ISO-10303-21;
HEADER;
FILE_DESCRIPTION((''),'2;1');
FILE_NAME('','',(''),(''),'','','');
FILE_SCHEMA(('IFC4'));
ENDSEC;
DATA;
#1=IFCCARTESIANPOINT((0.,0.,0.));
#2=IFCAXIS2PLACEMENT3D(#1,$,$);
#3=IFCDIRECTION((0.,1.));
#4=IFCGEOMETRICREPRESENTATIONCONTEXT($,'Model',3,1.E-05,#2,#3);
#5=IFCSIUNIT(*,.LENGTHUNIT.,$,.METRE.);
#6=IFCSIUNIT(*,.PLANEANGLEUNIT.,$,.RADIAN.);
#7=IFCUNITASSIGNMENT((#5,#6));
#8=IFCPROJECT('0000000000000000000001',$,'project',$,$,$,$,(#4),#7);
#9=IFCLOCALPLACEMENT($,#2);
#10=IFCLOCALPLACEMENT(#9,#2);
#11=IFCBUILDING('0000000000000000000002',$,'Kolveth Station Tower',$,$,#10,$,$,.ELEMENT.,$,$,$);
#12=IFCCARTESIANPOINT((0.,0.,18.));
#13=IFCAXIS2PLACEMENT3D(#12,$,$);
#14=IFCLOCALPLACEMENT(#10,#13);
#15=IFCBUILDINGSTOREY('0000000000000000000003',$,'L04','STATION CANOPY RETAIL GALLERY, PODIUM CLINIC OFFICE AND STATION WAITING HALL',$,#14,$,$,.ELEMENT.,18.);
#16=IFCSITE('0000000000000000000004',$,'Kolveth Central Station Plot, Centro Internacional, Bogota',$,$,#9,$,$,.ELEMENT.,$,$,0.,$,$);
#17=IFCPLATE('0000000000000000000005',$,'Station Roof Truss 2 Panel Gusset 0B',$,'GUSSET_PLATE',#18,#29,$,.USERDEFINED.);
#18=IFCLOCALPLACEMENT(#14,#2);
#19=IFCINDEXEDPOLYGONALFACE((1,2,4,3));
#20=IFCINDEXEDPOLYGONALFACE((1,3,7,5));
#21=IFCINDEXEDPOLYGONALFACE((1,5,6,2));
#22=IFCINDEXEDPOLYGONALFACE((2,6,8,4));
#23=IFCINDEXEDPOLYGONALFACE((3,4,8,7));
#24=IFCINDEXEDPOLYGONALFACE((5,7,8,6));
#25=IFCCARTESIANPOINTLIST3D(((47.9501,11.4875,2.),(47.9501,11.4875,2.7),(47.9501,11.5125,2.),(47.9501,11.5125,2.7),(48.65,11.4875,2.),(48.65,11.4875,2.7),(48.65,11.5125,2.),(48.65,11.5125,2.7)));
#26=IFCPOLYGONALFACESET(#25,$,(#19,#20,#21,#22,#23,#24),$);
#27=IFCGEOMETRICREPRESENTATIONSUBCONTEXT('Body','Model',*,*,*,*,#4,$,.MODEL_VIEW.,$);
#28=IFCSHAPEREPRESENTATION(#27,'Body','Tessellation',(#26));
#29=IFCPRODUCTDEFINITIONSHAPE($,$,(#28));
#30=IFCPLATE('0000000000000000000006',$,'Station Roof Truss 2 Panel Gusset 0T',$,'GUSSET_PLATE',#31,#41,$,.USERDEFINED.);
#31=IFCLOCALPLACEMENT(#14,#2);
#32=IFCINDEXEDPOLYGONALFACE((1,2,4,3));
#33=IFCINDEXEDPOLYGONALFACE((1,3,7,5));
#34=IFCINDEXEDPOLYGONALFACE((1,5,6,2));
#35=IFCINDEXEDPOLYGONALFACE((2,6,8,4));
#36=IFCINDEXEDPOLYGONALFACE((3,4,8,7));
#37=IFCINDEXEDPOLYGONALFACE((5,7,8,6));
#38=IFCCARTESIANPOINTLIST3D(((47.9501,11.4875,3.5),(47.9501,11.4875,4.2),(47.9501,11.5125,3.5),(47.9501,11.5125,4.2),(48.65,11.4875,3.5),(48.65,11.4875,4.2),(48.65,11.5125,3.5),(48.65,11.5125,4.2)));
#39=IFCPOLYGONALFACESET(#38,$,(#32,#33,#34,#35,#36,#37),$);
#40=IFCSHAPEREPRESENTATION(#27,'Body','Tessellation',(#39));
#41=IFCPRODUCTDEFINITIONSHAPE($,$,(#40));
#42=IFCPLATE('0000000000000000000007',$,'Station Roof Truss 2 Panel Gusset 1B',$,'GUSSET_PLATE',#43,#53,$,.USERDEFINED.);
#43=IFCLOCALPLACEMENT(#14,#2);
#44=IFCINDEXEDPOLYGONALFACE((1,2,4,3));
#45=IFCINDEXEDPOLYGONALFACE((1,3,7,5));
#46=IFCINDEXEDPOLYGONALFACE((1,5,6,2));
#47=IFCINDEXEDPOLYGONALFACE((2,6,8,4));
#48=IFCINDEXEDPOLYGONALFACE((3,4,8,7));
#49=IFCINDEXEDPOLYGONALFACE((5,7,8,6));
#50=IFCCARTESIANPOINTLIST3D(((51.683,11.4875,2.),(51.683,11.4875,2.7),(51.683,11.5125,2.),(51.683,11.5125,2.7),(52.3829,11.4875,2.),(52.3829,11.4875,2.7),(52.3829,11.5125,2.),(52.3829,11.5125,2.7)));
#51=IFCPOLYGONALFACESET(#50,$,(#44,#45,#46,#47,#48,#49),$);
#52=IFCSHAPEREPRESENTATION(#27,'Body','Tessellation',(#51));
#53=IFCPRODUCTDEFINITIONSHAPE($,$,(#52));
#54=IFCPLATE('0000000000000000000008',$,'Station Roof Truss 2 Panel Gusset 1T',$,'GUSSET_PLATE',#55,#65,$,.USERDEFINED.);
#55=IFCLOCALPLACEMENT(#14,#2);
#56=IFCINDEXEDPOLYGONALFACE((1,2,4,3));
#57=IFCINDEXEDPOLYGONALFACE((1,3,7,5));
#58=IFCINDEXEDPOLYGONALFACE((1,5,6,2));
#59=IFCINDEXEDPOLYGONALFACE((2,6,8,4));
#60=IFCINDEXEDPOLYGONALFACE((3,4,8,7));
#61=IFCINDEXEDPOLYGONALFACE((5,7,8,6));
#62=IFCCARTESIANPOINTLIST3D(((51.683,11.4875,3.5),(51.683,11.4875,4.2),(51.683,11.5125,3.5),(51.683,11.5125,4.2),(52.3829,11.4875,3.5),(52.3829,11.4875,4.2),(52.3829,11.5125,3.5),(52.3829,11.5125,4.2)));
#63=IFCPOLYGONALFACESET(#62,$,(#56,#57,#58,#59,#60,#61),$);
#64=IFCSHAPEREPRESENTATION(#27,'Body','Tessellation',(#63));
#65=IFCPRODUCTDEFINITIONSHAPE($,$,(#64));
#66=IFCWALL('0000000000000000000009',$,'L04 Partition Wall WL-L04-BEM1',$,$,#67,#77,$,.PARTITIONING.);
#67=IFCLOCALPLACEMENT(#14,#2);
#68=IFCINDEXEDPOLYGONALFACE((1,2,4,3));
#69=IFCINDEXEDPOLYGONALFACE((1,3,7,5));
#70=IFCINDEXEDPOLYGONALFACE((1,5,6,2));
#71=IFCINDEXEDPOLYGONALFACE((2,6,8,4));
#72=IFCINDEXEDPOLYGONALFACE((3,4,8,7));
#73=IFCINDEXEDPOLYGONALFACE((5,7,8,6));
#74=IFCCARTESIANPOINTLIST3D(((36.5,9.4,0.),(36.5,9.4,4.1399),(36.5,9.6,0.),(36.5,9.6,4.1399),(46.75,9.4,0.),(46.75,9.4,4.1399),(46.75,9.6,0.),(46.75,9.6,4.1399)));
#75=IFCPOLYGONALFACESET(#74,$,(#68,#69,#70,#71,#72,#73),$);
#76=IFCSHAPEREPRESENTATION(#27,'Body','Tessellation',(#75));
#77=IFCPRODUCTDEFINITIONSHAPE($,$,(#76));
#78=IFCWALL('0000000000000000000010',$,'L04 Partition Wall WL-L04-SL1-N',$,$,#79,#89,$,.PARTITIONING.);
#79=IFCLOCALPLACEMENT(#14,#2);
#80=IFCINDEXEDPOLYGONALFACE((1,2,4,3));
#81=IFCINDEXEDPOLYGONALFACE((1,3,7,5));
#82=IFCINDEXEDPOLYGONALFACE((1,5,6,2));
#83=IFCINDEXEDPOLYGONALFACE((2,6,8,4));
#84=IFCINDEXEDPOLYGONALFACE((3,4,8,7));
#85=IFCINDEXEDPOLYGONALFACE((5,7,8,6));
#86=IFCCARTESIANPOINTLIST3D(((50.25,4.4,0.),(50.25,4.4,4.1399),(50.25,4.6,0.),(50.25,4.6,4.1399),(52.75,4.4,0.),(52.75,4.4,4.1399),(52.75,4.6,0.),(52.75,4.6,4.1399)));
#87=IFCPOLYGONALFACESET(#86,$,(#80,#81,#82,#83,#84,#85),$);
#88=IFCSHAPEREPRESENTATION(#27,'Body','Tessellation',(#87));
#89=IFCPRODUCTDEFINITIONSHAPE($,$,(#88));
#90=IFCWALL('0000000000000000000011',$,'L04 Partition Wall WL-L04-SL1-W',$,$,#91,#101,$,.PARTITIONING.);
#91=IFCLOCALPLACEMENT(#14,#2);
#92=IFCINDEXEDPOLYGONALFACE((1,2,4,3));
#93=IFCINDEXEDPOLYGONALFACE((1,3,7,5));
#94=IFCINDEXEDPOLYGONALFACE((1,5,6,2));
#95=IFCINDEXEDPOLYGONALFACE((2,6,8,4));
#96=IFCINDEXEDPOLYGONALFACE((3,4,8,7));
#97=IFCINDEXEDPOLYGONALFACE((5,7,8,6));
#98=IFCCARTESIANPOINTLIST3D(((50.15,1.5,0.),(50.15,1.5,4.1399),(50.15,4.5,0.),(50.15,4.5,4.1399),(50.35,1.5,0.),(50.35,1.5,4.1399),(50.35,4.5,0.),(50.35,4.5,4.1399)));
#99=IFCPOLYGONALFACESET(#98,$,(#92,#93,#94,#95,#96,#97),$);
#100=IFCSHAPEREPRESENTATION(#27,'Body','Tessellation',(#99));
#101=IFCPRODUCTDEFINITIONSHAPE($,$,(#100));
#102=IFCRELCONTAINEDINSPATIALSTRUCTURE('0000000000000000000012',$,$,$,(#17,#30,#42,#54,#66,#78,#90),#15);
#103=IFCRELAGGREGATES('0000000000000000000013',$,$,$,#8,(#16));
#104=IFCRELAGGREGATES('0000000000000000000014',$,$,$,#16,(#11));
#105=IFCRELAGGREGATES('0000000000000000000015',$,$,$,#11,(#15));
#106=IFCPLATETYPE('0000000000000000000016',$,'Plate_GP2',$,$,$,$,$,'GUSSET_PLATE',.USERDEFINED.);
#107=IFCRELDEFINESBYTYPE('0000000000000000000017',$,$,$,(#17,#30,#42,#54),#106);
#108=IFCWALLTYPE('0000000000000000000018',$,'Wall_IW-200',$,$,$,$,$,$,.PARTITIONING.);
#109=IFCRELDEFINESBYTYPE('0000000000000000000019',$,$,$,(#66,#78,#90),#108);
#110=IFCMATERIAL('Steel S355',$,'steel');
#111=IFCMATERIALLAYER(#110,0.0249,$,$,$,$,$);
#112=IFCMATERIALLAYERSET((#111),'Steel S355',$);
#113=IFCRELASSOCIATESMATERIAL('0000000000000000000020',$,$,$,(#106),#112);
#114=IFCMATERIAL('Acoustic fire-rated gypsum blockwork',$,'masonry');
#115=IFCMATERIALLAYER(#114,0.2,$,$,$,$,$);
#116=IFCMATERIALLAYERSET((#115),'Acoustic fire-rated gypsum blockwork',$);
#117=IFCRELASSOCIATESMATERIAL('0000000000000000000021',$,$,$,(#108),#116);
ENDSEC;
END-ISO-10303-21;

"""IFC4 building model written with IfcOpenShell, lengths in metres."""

from ifc_helpers import new_model, si_unit, direction, frame, frame_2d, origin, origin_2d, place, context, subcontext, project, spatial, rectangle, extrude, source, transform, mapped, material, layer, layer_set, type_object, element, save


model = new_model("IFC4")

# Units and contexts
model_context = context("Model", 3, precision=1e-05, world=origin(), true_north=direction((0.0, 1.0)))
body_context = subcontext(model_context, "Body", "Model", "MODEL_VIEW")
ifc_project = project(units=[si_unit("LENGTHUNIT", "METRE"), si_unit("PLANEANGLEUNIT", "RADIAN")], contexts=[model_context])

# Site, building, storey
site_placement = place(None, origin())
site = spatial("IfcSite", under=ifc_project, at=site_placement, Name="Kolveth Central Station Plot, Centro Internacional, Bogota", CompositionType="ELEMENT", RefElevation=0.0)
building_placement = place(site_placement, origin())
building = spatial("IfcBuilding", under=site, at=building_placement, Name="Kolveth Station Tower", CompositionType="ELEMENT")
storey_placement = place(building_placement, frame((0.0, 0.0, 18.0)))
storey = spatial("IfcBuildingStorey", under=building, at=storey_placement, Name="L04", Description="STATION CANOPY RETAIL GALLERY, PODIUM CLINIC OFFICE AND STATION WAITING HALL", CompositionType="ELEMENT", Elevation=18.0)

# Shared definitions
ifc_material_1 = material(Name="Steel S355", Category="steel")

# Plates
ifc_layer_1 = layer(ifc_material_1, 0.0249)
ifc_layer_set_1 = layer_set([ifc_layer_1], Name="Steel S355")
plate_type = type_object("IfcPlateType", Name="Plate_GP2", ElementType="GUSSET_PLATE", PredefinedType="USERDEFINED", material=ifc_layer_set_1)
shared_shape_1 = source(origin(), body_context, "Body", "SweptSolid", [
    extrude(rectangle(XDim=0.7, YDim=0.0249, at=origin_2d()), origin(), (0.0, 0.0, 1.0), 0.7),
])
for number, where, z_axis, x_axis, name in (
    (1, (48.3, 11.5, 2.0), (0.0, 0.0, 1.0), (1.0, 0.0, 0.0), "Station Roof Truss 2 Panel Gusset 0B"),
    (2, (48.3, 11.5, 3.5), (0.0, 0.0, 1.0), (1.0, 0.0, 0.0), "Station Roof Truss 2 Panel Gusset 0T"),
    (3, (52.033, 11.5, 2.0), (0.0, 0.0, 1.0), (1.0, 0.0, 0.0), "Station Roof Truss 2 Panel Gusset 1B"),
    (4, (52.033, 11.5, 3.5), (0.0, 0.0, 1.0), (1.0, 0.0, 0.0), "Station Roof Truss 2 Panel Gusset 1T"),
):
    element("IfcPlate", number, at=place(storey_placement, frame(where, z_axis=z_axis, x_axis=x_axis)), inside=storey, type_object=plate_type, Name=name, ObjectType="GUSSET_PLATE", PredefinedType="USERDEFINED", context=body_context, shape_type="MappedRepresentation", body=[
        mapped(shared_shape_1, transform((0.0, 0.0, 0.0), x_axis=(1.0, 0.0, 0.0), y_axis=(0.0, 1.0, 0.0), z_axis=(0.0, 0.0, 1.0), scale=1.0)),
    ])

# Walls
ifc_material_2 = material(Name="Acoustic fire-rated gypsum blockwork", Category="masonry")
ifc_layer_2 = layer(ifc_material_2, 0.2)
ifc_layer_set_2 = layer_set([ifc_layer_2], Name="Acoustic fire-rated gypsum blockwork")
wall_type = type_object("IfcWallType", Name="Wall_IW-200", PredefinedType="PARTITIONING", material=ifc_layer_set_2)
wall_1_placement = place(storey_placement, frame((36.5, 9.5, 0.0), z_axis=(0.0, 0.0, 1.0), x_axis=(1.0, 0.0, 0.0)))
element("IfcWall", 5, at=wall_1_placement, inside=storey, type_object=wall_type, Name="L04 Partition Wall WL-L04-BEM1", PredefinedType="PARTITIONING", context=body_context, shape_type="SweptSolid", body=[
    extrude(rectangle(XDim=10.25, YDim=0.2, at=frame_2d((5.125, 0.0))), origin(), (0.0, 0.0, 1.0), 4.1399),
])
wall_2_placement = place(storey_placement, frame((50.25, 4.5, 0.0), z_axis=(0.0, 0.0, 1.0), x_axis=(1.0, 0.0, 0.0)))
element("IfcWall", 6, at=wall_2_placement, inside=storey, type_object=wall_type, Name="L04 Partition Wall WL-L04-SL1-N", PredefinedType="PARTITIONING", context=body_context, shape_type="SweptSolid", body=[
    extrude(rectangle(XDim=2.5, YDim=0.2, at=frame_2d((1.25, 0.0))), origin(), (0.0, 0.0, 1.0), 4.1399),
])
wall_3_placement = place(storey_placement, frame((50.25, 1.5, 0.0), z_axis=(0.0, 0.0, 1.0), x_axis=(0.0, 1.0, 0.0)))
element("IfcWall", 7, at=wall_3_placement, inside=storey, type_object=wall_type, Name="L04 Partition Wall WL-L04-SL1-W", PredefinedType="PARTITIONING", context=body_context, shape_type="SweptSolid", body=[
    extrude(rectangle(XDim=3.0, YDim=0.2, at=frame_2d((1.5, 0.0))), origin(), (0.0, 0.0, 1.0), 4.1399),
])

save(model, "model.ifc")
